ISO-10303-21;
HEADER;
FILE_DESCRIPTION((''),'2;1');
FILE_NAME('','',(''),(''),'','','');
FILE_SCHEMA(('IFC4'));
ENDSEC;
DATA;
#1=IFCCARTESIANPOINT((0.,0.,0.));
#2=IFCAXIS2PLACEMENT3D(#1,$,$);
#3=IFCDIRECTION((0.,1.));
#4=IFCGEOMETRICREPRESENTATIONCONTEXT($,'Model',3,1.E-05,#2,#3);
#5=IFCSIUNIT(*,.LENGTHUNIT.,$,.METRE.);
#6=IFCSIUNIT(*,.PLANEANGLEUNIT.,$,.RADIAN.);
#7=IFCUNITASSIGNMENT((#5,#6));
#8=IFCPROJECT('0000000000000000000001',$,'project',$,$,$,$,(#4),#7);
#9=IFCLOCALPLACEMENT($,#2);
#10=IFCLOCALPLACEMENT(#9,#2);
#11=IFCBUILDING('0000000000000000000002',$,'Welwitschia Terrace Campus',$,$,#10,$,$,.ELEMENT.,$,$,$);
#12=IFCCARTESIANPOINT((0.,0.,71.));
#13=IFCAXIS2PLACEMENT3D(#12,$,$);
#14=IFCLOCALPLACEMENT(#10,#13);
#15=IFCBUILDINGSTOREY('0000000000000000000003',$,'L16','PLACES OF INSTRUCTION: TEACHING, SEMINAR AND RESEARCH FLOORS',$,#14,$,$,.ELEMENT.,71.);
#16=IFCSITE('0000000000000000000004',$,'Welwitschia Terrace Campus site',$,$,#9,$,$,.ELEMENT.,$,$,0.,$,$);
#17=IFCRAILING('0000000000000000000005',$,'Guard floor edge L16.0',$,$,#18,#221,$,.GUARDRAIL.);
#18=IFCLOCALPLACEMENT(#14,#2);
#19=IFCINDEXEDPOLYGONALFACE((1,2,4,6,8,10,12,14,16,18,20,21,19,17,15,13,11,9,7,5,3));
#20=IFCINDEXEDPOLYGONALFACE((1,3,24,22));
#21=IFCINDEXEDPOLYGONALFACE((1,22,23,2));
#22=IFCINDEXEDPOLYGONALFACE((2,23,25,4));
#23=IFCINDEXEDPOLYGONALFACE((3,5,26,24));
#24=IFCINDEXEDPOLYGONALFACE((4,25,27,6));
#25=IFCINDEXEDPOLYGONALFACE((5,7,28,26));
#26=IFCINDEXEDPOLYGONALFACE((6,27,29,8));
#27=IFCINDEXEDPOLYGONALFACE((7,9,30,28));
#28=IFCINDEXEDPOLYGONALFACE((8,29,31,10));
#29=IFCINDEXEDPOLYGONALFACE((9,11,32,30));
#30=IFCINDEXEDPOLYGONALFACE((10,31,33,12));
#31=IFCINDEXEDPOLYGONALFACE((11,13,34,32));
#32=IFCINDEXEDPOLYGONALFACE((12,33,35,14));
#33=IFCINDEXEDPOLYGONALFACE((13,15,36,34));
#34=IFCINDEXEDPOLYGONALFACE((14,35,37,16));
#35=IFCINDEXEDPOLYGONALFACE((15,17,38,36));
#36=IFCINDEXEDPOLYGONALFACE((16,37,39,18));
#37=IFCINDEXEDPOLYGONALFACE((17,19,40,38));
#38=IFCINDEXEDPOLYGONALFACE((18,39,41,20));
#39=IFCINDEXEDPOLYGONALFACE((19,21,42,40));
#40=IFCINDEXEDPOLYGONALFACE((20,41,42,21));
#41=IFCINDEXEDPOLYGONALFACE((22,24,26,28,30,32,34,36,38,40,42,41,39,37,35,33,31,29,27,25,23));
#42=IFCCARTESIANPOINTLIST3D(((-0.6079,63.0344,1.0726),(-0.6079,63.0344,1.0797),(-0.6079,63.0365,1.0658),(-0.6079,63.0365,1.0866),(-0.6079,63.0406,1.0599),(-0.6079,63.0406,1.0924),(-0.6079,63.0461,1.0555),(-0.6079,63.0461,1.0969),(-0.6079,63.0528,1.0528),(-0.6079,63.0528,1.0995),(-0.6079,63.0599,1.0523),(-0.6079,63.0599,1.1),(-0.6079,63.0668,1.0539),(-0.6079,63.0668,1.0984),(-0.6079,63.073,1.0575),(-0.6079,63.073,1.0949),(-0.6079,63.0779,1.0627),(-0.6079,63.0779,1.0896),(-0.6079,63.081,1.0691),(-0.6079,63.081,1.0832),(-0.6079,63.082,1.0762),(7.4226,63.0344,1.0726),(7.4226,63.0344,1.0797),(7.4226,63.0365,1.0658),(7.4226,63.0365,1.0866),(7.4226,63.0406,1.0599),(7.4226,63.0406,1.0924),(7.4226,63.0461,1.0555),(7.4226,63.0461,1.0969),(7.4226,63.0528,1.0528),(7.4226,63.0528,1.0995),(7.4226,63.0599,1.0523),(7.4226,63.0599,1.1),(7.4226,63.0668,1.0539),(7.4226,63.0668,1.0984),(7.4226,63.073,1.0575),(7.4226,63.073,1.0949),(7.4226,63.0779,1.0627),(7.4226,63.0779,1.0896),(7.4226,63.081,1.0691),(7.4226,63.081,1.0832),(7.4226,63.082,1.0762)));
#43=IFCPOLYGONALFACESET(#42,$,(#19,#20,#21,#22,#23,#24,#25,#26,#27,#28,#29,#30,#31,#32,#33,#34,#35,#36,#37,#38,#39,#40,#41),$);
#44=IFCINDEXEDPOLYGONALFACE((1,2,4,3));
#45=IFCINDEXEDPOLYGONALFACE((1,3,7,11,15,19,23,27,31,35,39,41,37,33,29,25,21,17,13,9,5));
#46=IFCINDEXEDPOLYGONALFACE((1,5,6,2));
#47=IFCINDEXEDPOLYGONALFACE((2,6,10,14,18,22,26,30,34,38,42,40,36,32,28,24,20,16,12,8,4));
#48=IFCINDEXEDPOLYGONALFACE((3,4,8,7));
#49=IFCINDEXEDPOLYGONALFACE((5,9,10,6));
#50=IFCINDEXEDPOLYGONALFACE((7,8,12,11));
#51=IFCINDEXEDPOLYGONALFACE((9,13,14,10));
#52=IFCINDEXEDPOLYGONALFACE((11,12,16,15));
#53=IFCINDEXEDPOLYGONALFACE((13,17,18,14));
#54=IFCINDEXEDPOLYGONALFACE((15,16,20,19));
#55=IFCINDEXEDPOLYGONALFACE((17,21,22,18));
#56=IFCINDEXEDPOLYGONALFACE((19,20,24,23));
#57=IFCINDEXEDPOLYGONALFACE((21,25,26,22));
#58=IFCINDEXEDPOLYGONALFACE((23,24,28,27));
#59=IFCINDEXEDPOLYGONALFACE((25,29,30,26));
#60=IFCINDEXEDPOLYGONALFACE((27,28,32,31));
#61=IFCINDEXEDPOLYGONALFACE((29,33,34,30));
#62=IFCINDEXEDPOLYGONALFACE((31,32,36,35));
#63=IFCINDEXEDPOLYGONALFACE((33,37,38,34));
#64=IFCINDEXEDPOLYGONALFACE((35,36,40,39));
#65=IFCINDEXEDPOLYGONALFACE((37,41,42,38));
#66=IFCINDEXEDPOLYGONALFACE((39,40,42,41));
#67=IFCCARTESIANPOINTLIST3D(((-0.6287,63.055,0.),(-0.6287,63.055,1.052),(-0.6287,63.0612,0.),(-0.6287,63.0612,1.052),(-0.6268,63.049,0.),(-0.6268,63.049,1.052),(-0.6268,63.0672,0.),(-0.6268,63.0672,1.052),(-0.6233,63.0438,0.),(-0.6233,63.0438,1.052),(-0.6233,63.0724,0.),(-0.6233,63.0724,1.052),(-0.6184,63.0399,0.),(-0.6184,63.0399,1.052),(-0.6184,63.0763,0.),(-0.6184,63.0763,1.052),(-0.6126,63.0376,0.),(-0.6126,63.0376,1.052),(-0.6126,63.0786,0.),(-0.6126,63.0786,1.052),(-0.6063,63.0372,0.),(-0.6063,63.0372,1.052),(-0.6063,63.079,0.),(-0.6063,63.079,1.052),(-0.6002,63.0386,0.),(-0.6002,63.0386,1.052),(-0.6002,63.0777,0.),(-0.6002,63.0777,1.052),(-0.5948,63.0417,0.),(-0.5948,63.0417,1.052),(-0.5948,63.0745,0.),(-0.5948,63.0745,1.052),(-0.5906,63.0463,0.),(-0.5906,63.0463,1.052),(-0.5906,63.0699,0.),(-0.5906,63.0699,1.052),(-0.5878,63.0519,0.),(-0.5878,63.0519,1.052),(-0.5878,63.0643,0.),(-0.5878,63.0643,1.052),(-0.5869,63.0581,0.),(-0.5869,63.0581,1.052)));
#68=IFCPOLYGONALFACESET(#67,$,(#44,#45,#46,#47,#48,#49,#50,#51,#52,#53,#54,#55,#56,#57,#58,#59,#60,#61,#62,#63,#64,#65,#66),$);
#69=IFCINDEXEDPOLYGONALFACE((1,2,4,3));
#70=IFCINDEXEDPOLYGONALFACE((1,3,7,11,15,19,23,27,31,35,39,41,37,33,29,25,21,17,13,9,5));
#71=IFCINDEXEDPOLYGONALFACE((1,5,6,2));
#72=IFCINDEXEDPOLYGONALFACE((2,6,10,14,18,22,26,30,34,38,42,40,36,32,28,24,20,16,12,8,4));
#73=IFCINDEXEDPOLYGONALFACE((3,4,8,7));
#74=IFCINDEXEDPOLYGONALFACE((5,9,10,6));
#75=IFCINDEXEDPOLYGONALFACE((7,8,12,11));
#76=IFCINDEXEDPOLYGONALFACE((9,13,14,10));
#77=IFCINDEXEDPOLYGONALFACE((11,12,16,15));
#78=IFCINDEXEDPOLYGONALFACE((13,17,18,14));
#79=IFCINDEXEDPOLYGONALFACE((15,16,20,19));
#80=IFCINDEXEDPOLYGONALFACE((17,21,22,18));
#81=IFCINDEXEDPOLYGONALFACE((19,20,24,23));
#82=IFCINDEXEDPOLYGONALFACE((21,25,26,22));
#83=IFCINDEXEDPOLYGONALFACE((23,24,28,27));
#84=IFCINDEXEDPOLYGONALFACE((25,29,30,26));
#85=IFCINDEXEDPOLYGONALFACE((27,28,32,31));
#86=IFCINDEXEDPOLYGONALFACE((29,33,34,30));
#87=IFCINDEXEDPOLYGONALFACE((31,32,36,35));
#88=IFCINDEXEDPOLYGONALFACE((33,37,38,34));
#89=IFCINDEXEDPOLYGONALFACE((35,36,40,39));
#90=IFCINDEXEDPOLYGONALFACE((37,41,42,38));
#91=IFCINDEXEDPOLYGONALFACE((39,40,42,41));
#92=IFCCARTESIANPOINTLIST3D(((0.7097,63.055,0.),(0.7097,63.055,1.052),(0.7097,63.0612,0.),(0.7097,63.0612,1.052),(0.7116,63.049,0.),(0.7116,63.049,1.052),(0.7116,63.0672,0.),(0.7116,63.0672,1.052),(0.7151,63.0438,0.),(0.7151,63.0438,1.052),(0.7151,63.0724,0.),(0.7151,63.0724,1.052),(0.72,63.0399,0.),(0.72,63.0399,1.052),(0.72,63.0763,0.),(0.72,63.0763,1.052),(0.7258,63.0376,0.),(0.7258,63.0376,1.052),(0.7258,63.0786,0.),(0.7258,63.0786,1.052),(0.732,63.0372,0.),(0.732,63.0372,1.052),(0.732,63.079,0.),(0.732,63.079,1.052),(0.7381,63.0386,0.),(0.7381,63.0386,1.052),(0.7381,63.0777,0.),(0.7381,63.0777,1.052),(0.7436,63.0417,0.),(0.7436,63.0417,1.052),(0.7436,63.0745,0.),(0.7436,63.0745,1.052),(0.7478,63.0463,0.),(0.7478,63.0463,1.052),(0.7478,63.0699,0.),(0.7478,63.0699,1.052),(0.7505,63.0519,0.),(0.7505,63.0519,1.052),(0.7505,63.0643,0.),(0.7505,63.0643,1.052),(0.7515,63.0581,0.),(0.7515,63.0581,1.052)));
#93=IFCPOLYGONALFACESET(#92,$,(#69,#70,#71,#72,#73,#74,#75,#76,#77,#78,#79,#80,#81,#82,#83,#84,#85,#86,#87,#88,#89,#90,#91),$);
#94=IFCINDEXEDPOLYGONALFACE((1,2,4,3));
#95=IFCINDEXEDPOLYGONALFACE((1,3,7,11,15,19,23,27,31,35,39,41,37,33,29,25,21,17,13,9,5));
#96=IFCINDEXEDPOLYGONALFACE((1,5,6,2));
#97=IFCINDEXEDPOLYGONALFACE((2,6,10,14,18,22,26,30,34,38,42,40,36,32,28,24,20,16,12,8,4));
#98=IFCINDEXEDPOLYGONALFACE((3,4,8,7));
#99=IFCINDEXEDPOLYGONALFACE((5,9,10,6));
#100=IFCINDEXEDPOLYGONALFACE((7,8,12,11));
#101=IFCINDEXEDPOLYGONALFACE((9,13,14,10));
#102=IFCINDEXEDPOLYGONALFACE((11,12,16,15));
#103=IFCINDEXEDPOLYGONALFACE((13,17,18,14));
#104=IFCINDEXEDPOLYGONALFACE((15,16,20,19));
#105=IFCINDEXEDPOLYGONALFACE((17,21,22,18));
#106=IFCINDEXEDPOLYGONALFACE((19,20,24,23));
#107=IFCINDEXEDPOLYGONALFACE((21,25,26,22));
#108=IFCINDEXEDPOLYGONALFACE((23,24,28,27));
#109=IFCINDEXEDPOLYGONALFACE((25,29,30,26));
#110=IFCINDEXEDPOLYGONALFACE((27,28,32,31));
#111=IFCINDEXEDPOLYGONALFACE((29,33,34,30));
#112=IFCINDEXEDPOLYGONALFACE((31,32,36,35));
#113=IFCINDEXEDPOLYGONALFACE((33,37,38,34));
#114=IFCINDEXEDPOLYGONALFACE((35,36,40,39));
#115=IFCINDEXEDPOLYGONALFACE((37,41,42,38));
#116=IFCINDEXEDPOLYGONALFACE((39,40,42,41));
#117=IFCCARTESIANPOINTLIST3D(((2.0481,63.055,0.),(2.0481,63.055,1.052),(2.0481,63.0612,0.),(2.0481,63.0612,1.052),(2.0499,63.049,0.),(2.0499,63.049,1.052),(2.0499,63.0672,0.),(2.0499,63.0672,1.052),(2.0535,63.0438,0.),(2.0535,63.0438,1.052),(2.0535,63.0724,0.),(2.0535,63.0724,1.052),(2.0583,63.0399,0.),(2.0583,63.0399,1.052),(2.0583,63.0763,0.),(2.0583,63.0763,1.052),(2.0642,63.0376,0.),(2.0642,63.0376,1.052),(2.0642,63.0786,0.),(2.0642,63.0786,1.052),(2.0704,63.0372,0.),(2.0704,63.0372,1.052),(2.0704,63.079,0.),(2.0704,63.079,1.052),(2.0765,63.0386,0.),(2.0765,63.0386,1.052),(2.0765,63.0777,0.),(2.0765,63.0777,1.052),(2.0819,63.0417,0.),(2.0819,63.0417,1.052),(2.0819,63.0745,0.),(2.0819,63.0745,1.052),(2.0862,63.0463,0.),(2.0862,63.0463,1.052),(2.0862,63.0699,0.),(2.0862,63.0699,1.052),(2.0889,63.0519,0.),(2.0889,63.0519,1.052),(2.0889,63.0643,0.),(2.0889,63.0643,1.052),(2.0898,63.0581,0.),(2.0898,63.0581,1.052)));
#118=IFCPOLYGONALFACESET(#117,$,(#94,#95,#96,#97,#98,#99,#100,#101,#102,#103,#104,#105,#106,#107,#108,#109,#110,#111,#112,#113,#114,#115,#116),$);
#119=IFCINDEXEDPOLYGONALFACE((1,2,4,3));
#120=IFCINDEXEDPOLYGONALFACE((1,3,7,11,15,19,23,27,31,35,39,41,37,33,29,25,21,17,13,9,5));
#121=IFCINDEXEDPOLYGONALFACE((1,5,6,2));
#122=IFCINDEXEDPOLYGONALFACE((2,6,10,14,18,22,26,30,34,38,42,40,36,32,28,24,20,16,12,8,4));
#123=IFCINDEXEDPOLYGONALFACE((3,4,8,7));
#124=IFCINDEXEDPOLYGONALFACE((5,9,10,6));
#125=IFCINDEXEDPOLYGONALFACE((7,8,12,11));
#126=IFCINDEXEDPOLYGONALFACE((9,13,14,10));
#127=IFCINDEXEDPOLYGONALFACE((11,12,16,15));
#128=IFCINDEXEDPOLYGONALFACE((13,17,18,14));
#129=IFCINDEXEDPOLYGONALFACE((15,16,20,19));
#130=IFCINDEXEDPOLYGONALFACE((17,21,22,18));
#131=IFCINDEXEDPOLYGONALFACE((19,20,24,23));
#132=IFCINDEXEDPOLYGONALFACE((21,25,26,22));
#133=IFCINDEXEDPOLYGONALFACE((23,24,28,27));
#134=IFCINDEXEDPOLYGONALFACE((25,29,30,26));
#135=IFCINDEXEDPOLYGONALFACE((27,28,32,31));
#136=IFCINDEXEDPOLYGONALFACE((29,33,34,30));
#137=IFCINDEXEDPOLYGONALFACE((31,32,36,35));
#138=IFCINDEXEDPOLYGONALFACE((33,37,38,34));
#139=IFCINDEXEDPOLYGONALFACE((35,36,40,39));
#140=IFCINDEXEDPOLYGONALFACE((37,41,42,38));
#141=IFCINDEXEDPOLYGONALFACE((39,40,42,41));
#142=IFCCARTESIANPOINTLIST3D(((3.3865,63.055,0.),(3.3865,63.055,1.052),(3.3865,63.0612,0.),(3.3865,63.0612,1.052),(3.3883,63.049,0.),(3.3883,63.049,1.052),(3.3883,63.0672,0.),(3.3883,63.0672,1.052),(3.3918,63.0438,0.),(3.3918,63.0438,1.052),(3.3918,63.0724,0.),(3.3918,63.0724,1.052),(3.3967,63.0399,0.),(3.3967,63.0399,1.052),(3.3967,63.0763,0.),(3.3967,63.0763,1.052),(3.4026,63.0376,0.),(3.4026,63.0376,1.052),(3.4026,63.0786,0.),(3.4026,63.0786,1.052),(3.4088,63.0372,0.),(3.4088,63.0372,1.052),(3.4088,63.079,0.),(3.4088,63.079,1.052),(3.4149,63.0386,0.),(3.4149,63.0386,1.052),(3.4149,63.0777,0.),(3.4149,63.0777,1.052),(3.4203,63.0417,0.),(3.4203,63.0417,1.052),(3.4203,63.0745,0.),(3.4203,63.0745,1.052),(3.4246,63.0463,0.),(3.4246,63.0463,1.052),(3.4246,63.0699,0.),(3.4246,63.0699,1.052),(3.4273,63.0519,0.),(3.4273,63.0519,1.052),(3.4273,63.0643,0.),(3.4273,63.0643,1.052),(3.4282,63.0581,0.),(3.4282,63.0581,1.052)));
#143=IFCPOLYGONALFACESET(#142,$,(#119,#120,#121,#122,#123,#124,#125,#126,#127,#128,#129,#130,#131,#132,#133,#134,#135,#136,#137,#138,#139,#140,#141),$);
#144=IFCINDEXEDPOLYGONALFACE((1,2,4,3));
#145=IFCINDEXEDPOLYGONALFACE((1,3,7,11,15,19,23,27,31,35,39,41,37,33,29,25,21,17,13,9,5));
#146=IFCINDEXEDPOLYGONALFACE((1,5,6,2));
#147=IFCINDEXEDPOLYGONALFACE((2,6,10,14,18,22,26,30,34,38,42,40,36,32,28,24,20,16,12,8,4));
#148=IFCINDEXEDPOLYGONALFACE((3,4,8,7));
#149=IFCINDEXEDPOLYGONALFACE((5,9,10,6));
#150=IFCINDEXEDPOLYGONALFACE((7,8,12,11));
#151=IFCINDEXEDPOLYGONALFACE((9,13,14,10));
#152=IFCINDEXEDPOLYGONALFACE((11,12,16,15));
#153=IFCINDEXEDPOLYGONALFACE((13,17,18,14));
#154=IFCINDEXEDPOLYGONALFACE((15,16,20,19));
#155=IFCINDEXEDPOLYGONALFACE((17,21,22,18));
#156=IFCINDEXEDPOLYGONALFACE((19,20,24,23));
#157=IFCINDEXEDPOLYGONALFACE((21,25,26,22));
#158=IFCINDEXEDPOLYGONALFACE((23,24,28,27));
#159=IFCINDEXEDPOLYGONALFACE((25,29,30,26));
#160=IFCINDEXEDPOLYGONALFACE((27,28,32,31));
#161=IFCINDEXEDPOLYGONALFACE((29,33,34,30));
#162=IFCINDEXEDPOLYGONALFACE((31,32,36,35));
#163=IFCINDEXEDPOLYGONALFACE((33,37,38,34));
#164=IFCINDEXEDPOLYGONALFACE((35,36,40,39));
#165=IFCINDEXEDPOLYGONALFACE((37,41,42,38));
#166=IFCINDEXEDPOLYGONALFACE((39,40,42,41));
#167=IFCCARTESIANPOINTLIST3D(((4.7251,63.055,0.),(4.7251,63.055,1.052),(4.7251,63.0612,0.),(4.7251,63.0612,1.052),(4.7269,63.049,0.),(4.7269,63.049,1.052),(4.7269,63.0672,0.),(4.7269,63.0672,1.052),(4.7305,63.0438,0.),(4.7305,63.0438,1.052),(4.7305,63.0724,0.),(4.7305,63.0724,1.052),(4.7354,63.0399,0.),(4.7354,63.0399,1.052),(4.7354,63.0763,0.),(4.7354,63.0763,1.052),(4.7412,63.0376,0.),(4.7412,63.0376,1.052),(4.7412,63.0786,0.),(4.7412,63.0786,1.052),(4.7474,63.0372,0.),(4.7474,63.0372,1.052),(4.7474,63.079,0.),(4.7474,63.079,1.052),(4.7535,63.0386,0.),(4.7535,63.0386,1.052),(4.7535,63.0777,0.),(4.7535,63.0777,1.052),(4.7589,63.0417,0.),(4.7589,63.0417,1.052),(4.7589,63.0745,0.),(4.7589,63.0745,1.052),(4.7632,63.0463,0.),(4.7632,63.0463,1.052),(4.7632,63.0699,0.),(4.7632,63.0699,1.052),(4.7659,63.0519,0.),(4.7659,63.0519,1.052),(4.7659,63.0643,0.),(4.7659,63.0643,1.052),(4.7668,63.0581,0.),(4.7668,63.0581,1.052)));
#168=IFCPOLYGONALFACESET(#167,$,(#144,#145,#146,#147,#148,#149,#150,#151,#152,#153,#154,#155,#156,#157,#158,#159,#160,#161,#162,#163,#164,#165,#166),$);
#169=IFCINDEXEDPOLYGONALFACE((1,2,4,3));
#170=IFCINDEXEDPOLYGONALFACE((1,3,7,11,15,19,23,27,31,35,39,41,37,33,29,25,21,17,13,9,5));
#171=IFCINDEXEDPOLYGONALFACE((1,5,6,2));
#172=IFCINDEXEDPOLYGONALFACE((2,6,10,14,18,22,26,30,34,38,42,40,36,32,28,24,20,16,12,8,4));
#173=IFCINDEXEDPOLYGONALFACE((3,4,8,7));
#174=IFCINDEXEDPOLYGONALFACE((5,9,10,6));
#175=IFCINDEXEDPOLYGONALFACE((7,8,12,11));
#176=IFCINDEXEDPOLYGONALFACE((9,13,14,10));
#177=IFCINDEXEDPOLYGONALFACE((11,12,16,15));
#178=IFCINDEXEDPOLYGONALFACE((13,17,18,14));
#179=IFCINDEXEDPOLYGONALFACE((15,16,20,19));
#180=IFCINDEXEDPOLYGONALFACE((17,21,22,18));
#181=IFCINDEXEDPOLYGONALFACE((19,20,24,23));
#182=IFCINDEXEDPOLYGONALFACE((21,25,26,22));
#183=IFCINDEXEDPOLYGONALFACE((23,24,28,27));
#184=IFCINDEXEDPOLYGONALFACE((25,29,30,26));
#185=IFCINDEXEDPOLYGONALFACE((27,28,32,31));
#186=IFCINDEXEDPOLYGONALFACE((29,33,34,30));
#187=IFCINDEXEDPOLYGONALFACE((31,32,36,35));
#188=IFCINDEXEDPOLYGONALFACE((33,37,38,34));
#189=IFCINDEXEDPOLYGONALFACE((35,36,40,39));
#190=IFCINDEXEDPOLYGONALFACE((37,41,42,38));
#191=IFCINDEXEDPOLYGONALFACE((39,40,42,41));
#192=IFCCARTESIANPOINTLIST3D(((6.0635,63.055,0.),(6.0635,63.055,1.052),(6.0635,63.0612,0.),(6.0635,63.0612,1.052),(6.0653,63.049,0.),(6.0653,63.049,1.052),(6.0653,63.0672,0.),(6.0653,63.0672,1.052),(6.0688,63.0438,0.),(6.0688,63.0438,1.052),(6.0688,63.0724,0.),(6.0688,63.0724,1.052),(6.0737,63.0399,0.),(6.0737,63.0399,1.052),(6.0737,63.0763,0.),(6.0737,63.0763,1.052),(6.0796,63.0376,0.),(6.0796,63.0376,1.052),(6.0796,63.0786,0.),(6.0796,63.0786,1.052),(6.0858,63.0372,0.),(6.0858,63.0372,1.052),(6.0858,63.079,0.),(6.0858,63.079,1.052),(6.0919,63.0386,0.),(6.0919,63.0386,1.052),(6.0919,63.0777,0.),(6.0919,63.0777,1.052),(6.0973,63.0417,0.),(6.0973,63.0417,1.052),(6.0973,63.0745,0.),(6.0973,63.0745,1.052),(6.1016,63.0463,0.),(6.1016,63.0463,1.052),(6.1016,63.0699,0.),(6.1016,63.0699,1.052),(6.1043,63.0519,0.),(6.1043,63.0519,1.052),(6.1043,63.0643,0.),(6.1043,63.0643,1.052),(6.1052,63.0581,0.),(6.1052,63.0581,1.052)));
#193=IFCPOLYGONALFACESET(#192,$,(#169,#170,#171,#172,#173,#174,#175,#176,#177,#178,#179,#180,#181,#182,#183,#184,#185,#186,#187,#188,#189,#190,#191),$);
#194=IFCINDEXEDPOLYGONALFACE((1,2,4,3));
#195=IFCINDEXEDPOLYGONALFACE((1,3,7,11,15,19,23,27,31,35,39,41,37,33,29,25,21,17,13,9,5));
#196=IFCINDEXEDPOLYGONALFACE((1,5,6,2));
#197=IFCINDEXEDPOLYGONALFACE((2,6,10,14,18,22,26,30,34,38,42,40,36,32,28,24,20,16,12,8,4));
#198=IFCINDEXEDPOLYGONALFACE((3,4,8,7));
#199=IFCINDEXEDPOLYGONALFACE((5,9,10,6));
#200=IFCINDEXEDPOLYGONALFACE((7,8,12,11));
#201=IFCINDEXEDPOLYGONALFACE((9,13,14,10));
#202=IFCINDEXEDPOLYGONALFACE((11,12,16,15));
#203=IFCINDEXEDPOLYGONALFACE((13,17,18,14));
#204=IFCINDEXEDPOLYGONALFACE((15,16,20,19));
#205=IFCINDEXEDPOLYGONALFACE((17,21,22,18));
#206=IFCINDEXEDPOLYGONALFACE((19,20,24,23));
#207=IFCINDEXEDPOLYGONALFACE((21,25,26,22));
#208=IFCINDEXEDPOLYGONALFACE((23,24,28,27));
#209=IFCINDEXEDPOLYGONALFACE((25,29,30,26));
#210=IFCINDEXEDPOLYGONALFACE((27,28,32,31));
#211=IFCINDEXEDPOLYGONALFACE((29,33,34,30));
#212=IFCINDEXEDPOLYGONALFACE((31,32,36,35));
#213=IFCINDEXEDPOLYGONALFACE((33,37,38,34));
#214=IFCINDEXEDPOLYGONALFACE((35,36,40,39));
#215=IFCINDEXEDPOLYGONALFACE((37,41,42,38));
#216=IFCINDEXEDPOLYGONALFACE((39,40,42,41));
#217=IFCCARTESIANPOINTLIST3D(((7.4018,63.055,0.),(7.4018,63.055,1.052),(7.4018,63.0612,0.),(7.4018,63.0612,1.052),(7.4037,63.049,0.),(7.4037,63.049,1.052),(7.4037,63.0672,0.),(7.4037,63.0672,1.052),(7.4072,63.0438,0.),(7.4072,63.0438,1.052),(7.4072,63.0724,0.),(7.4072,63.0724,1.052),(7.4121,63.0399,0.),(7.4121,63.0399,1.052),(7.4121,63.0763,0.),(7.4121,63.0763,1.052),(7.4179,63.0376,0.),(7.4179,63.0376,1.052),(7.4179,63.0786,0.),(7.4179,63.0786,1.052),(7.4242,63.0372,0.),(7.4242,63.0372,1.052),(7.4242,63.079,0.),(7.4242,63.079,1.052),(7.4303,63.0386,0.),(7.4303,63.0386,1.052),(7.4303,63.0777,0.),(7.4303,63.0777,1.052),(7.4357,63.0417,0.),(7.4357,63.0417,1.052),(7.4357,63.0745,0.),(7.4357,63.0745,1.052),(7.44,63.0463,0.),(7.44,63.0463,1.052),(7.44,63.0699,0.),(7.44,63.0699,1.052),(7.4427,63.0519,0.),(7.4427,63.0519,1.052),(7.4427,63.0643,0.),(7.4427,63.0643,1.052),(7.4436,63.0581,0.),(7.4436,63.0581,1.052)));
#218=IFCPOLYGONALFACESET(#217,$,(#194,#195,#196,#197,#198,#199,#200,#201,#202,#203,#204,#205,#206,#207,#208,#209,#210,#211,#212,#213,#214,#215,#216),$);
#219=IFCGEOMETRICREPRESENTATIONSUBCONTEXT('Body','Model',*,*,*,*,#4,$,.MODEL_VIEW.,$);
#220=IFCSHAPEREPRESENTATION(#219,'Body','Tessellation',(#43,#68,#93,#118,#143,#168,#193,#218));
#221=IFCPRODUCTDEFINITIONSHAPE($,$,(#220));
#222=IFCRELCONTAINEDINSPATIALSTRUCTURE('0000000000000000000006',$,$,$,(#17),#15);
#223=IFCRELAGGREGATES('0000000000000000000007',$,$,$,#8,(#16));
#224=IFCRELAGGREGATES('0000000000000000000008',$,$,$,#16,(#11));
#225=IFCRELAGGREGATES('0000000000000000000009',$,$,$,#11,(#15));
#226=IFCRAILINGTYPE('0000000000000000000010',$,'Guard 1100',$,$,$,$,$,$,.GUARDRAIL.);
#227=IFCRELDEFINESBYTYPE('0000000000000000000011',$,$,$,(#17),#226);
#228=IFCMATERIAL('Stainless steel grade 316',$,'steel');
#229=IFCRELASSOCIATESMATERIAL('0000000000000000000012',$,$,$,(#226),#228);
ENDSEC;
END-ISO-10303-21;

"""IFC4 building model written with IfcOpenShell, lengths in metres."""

from ifc_helpers import new_model, si_unit, direction, frame, origin, origin_2d, place, context, subcontext, project, spatial, circle, extrude, material, type_object, element, save


model = new_model("IFC4")

# Units and contexts
model_context = context("Model", 3, precision=1e-05, world=origin(), true_north=direction((0.0, 1.0)))
body_context = subcontext(model_context, "Body", "Model", "MODEL_VIEW")
ifc_project = project(units=[si_unit("LENGTHUNIT", "METRE"), si_unit("PLANEANGLEUNIT", "RADIAN")], contexts=[model_context])

# Site, building, storey
site_placement = place(None, origin())
site = spatial("IfcSite", under=ifc_project, at=site_placement, Name="Welwitschia Terrace Campus site", CompositionType="ELEMENT", RefElevation=0.0)
building_placement = place(site_placement, origin())
building = spatial("IfcBuilding", under=site, at=building_placement, Name="Welwitschia Terrace Campus", CompositionType="ELEMENT")
storey_placement = place(building_placement, frame((0.0, 0.0, 71.0)))
storey = spatial("IfcBuildingStorey", under=building, at=storey_placement, Name="L16", Description="PLACES OF INSTRUCTION: TEACHING, SEMINAR AND RESEARCH FLOORS", CompositionType="ELEMENT", Elevation=71.0)

# Railing
ifc_material_1 = material(Name="Stainless steel grade 316", Category="steel")
railing_type = type_object("IfcRailingType", Name="Guard 1100", PredefinedType="GUARDRAIL", material=ifc_material_1)
railing_placement = place(storey_placement, frame((-0.6079, 63.0581, 0.0)))
element("IfcRailing", 1, at=railing_placement, inside=storey, type_object=railing_type, Name="Guard floor edge L16.0", PredefinedType="GUARDRAIL", context=body_context, shape_type="SweptSolid", body=[
    extrude(circle(Radius=0.0239, at=origin_2d()), frame((0.0, 0.0, 1.0762), z_axis=(1.0, 0.0, 0.0), x_axis=(0.0, 1.0, 0.0)), (0.0, 0.0, 1.0), 8.0305),
    extrude(circle(Radius=0.021, at=origin_2d()), origin(), (0.0, 0.0, 1.0), 1.052),
    extrude(circle(Radius=0.021, at=origin_2d()), frame((1.3384, 0.0, 0.0)), (0.0, 0.0, 1.0), 1.052),
    extrude(circle(Radius=0.021, at=origin_2d()), frame((2.6768, 0.0, 0.0)), (0.0, 0.0, 1.0), 1.052),
    extrude(circle(Radius=0.021, at=origin_2d()), frame((4.0151, 0.0, 0.0)), (0.0, 0.0, 1.0), 1.052),
    extrude(circle(Radius=0.021, at=origin_2d()), frame((5.3538, 0.0, 0.0)), (0.0, 0.0, 1.0), 1.052),
    extrude(circle(Radius=0.021, at=origin_2d()), frame((6.6921, 0.0, 0.0)), (0.0, 0.0, 1.0), 1.052),
    extrude(circle(Radius=0.021, at=origin_2d()), frame((8.0305, 0.0, 0.0)), (0.0, 0.0, 1.0), 1.052),
])

save(model, "model.ifc")
